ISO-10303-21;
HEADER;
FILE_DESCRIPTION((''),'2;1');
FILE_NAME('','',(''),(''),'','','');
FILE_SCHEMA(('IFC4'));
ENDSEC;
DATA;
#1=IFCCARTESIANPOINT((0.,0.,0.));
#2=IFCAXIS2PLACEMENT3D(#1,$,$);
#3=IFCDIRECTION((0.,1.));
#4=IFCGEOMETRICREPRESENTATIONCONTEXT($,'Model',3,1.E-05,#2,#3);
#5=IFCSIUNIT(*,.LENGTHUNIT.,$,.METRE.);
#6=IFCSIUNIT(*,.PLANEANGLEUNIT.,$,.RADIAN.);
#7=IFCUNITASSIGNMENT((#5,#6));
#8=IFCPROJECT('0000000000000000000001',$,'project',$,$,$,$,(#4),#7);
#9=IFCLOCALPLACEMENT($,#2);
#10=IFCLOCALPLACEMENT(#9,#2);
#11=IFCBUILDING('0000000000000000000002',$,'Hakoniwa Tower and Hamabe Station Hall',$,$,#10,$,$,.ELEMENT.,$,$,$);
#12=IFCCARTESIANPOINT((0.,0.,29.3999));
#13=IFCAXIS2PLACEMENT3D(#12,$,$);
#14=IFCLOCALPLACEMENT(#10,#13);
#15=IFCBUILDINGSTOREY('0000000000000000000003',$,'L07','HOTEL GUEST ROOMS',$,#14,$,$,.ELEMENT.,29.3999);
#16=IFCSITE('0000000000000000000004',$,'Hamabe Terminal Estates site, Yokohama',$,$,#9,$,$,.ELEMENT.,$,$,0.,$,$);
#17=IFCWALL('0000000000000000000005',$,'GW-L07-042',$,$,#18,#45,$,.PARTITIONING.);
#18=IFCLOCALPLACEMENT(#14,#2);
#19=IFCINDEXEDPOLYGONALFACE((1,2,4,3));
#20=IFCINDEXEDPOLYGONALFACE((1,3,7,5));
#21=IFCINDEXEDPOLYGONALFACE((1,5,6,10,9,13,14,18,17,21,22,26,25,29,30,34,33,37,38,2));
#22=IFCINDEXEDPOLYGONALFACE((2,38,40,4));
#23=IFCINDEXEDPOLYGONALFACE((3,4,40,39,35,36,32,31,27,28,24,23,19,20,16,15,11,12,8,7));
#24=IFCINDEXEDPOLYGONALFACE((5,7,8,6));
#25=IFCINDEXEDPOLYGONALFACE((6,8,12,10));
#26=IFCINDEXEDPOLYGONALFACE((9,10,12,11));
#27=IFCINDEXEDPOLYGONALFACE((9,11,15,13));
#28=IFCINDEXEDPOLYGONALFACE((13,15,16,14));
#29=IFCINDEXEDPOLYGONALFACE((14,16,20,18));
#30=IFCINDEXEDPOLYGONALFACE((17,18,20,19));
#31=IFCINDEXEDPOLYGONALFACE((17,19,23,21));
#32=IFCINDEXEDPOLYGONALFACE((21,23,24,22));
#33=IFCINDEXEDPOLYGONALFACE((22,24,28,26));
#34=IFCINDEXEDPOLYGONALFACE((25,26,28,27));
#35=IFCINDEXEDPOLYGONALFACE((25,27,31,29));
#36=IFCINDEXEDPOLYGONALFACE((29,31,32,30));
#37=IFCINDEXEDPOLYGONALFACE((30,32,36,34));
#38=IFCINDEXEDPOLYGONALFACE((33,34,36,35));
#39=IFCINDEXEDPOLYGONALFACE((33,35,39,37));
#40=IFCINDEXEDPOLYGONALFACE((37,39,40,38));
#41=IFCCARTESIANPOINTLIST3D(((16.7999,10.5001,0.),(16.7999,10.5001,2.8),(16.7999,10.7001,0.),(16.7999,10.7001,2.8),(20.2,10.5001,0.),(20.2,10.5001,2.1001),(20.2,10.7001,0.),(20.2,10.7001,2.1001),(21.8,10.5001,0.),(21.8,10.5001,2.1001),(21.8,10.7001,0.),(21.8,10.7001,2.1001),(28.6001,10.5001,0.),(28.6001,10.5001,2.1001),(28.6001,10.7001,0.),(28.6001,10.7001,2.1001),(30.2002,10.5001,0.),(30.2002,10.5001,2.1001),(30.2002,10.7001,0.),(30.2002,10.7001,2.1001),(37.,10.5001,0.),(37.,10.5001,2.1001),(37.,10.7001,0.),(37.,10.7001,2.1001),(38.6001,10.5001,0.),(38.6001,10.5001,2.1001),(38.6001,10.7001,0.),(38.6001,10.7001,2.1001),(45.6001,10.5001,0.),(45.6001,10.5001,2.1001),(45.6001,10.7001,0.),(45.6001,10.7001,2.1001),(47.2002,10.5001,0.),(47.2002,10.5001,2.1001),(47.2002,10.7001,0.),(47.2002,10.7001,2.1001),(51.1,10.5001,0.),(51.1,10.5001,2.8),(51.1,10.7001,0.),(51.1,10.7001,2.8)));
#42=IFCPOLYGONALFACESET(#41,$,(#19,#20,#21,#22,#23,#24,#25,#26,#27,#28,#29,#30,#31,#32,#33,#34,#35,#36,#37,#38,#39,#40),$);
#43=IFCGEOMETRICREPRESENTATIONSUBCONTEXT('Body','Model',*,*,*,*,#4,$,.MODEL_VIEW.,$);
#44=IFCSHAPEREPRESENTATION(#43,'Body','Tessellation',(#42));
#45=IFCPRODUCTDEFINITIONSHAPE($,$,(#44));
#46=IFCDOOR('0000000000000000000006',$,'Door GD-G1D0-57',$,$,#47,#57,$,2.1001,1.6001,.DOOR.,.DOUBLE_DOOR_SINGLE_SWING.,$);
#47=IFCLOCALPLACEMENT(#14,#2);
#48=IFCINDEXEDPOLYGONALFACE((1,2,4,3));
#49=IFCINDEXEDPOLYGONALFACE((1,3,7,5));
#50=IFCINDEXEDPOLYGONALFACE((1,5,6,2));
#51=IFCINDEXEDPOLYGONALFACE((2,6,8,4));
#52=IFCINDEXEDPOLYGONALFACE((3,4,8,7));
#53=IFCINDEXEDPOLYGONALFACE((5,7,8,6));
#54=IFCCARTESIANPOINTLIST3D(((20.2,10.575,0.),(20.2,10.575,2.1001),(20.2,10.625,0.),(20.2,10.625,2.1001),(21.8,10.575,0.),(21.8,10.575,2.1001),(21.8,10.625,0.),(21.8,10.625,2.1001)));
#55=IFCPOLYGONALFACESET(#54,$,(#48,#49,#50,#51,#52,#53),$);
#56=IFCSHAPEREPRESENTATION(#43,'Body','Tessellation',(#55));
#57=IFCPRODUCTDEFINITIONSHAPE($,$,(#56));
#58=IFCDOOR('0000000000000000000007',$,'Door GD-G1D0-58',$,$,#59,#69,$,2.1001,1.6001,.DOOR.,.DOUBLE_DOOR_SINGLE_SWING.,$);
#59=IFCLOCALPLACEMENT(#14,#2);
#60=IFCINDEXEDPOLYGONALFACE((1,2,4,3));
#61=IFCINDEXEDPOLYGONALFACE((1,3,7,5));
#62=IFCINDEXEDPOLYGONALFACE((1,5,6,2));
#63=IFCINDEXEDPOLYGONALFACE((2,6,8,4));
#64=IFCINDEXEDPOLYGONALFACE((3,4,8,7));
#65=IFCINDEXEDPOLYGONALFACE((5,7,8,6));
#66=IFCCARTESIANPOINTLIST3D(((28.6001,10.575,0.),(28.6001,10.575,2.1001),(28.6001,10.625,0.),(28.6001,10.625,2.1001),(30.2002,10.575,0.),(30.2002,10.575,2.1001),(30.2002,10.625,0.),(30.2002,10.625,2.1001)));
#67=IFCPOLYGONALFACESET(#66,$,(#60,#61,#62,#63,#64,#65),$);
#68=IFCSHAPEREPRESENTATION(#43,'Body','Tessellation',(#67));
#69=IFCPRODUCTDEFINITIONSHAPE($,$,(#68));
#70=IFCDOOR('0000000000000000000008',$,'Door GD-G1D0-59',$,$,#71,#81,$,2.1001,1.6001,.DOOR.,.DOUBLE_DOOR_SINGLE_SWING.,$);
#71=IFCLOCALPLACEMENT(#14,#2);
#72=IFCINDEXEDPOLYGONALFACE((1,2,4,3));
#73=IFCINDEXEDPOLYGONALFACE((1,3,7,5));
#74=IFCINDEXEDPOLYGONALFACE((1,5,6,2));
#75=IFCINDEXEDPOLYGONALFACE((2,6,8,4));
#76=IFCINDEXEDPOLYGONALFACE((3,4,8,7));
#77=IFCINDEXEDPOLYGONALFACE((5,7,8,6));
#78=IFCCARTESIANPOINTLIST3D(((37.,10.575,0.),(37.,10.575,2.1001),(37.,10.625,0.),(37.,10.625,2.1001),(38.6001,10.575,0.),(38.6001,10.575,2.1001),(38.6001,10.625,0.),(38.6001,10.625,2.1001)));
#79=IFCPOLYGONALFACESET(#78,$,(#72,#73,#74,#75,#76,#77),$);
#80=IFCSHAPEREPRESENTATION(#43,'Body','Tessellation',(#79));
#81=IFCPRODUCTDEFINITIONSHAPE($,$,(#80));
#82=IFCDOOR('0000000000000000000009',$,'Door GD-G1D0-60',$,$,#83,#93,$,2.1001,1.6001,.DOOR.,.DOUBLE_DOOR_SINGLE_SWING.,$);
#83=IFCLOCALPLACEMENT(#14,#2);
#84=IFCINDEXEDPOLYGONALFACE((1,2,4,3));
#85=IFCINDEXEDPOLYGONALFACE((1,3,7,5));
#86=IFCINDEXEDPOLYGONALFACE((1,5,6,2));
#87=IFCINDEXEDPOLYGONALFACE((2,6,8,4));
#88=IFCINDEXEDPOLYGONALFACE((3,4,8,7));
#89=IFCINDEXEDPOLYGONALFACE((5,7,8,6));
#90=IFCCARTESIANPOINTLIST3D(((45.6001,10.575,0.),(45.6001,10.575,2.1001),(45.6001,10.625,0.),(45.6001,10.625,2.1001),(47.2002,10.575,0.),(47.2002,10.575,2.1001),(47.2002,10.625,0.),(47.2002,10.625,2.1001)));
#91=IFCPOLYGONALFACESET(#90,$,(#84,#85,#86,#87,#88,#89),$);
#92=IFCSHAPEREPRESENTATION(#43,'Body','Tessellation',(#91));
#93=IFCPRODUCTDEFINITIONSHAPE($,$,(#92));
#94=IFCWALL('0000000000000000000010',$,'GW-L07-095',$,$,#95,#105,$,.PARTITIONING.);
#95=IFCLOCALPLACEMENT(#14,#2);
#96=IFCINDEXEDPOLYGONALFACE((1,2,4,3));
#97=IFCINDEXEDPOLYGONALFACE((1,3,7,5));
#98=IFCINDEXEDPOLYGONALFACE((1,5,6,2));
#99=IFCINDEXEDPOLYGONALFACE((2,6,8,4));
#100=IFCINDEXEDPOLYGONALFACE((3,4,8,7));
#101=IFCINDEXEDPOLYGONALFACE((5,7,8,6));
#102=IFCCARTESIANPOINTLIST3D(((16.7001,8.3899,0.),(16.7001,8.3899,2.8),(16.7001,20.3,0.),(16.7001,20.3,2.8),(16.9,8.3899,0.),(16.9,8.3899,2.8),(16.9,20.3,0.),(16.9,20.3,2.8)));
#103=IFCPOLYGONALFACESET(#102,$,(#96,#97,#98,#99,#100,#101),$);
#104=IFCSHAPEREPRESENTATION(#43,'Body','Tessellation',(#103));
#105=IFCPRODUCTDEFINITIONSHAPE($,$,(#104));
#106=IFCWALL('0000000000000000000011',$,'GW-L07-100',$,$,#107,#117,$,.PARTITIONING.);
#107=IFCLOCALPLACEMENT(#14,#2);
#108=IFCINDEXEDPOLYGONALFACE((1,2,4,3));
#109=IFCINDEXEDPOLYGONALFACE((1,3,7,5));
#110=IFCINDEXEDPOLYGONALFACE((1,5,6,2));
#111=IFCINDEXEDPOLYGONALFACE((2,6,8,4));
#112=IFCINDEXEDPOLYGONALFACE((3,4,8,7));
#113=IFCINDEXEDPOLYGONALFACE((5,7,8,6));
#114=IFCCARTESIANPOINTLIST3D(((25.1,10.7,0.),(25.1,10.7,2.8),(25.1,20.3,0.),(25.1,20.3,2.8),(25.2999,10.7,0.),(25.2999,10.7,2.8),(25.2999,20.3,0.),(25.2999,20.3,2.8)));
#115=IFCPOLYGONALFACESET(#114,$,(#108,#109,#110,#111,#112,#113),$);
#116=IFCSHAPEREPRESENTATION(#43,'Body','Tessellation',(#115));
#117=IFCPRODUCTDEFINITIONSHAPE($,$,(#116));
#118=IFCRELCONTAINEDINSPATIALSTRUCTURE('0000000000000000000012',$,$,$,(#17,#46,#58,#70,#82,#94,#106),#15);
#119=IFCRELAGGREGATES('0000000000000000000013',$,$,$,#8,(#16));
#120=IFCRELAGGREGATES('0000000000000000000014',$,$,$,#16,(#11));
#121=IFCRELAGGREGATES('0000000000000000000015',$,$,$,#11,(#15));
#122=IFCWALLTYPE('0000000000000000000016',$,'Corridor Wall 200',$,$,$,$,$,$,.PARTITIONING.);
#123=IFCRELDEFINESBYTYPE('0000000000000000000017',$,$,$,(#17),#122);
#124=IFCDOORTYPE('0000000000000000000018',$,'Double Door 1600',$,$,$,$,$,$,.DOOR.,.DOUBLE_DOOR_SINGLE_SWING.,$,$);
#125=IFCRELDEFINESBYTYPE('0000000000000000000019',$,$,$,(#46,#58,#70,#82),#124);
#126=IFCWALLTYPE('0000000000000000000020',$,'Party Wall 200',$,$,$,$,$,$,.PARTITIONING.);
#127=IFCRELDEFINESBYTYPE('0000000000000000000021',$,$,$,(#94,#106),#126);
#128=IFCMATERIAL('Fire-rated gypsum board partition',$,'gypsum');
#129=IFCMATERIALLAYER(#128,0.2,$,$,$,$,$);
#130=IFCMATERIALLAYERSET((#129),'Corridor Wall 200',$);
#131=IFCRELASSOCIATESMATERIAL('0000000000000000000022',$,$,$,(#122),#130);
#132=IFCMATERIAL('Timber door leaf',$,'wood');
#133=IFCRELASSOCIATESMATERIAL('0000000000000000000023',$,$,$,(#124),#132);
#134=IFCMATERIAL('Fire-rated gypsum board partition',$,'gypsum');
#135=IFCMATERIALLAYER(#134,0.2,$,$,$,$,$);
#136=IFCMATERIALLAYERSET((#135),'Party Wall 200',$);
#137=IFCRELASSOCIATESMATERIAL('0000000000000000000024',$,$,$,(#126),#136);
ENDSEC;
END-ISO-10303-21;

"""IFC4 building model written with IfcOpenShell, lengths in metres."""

from ifc_helpers import new_model, si_unit, direction, frame, frame_2d, origin, place, context, subcontext, project, spatial, rectangle, extrude, material, layer, layer_set, type_object, element, fill, save


model = new_model("IFC4")

# Units and contexts
model_context = context("Model", 3, precision=1e-05, world=origin(), true_north=direction((0.0, 1.0)))
body_context = subcontext(model_context, "Body", "Model", "MODEL_VIEW")
ifc_project = project(units=[si_unit("LENGTHUNIT", "METRE"), si_unit("PLANEANGLEUNIT", "RADIAN")], contexts=[model_context])

# Site, building, storey
site_placement = place(None, origin())
site = spatial("IfcSite", under=ifc_project, at=site_placement, Name="Hamabe Terminal Estates site, Yokohama", CompositionType="ELEMENT", RefElevation=0.0)
building_placement = place(site_placement, origin())
building = spatial("IfcBuilding", under=site, at=building_placement, Name="Hakoniwa Tower and Hamabe Station Hall", CompositionType="ELEMENT")
storey_placement = place(building_placement, frame((0.0, 0.0, 29.3999)))
storey = spatial("IfcBuildingStorey", under=building, at=storey_placement, Name="L07", Description="HOTEL GUEST ROOMS", CompositionType="ELEMENT", Elevation=29.3999)

# Wall, openings, doors
ifc_material_1 = material(Name="Fire-rated gypsum board partition", Category="gypsum")
ifc_layer_1 = layer(ifc_material_1, 0.2)
ifc_layer_set_1 = layer_set([ifc_layer_1], Name="Corridor Wall 200")
wall_type_1 = type_object("IfcWallType", Name="Corridor Wall 200", PredefinedType="PARTITIONING", material=ifc_layer_set_1)
wall_1_placement = place(storey_placement, frame((16.8, 10.6001, 0.0), z_axis=(0.0, 0.0, 1.0), x_axis=(1.0, 0.0, 0.0)))
wall_1 = element("IfcWall", 1, at=wall_1_placement, inside=storey, type_object=wall_type_1, Name="GW-L07-042", PredefinedType="PARTITIONING", context=body_context, shape_type="SweptSolid", body=[
    extrude(rectangle(XDim=34.3, YDim=0.2, at=frame_2d((17.1499, 0.0))), origin(), (0.0, 0.0, 1.0), 2.8),
])
opening_1_placement = place(wall_1_placement, frame((3.3999, 0.0, 0.0)))
opening_1 = element("IfcOpeningElement", 2, at=opening_1_placement, cuts=wall_1, PredefinedType="OPENING", context=body_context, shape_type="SweptSolid", body=[
    extrude(rectangle(XDim=1.6001, YDim=2.1001, at=frame_2d((0.8, 1.05))), frame((0.0, 0.1099, 0.0), z_axis=(0.0, -1.0, 0.0), x_axis=(1.0, 0.0, 0.0)), (0.0, 0.0, 1.0), 0.22),
])
opening_2_placement = place(wall_1_placement, frame((11.8, 0.0, 0.0)))
opening_2 = element("IfcOpeningElement", 3, at=opening_2_placement, cuts=wall_1, PredefinedType="OPENING", context=body_context, shape_type="SweptSolid", body=[
    extrude(rectangle(XDim=1.6001, YDim=2.1001, at=frame_2d((0.8, 1.05))), frame((0.0, 0.1099, 0.0), z_axis=(0.0, -1.0, 0.0), x_axis=(1.0, 0.0, 0.0)), (0.0, 0.0, 1.0), 0.22),
])
opening_3_placement = place(wall_1_placement, frame((20.2, 0.0, 0.0)))
opening_3 = element("IfcOpeningElement", 4, at=opening_3_placement, cuts=wall_1, PredefinedType="OPENING", context=body_context, shape_type="SweptSolid", body=[
    extrude(rectangle(XDim=1.6001, YDim=2.1001, at=frame_2d((0.8, 1.05))), frame((0.0, 0.1099, 0.0), z_axis=(0.0, -1.0, 0.0), x_axis=(1.0, 0.0, 0.0)), (0.0, 0.0, 1.0), 0.22),
])
opening_4_placement = place(wall_1_placement, frame((28.8, 0.0, 0.0)))
opening_4 = element("IfcOpeningElement", 5, at=opening_4_placement, cuts=wall_1, PredefinedType="OPENING", context=body_context, shape_type="SweptSolid", body=[
    extrude(rectangle(XDim=1.6001, YDim=2.1001, at=frame_2d((0.8, 1.05))), frame((0.0, 0.1099, 0.0), z_axis=(0.0, -1.0, 0.0), x_axis=(1.0, 0.0, 0.0)), (0.0, 0.0, 1.0), 0.22),
])
ifc_material_2 = material(Name="Timber door leaf", Category="wood")
door_type_1 = type_object("IfcDoorType", Name="Double Door 1600", OperationType="DOUBLE_DOOR_SINGLE_SWING", PredefinedType="DOOR", material=ifc_material_2)
door_1_placement = place(opening_1_placement, origin())
door_1 = element("IfcDoor", 6, at=door_1_placement, inside=storey, type_object=door_type_1, Name="Door GD-G1D0-57", OperationType="DOUBLE_DOOR_SINGLE_SWING", OverallHeight=2.1001, OverallWidth=1.6001, PredefinedType="DOOR", context=body_context, shape_type="SweptSolid", body=[
    extrude(rectangle(XDim=1.6001, YDim=2.1001, at=frame_2d((0.8, 1.05))), frame((0.0, 0.0249, 0.0), z_axis=(0.0, -1.0, 0.0), x_axis=(1.0, 0.0, 0.0)), (0.0, 0.0, 1.0), 0.05),
])
fill(opening_1, door_1)
door_2_placement = place(opening_2_placement, origin())
door_2 = element("IfcDoor", 7, at=door_2_placement, inside=storey, type_object=door_type_1, Name="Door GD-G1D0-58", OperationType="DOUBLE_DOOR_SINGLE_SWING", OverallHeight=2.1001, OverallWidth=1.6001, PredefinedType="DOOR", context=body_context, shape_type="SweptSolid", body=[
    extrude(rectangle(XDim=1.6001, YDim=2.1001, at=frame_2d((0.8, 1.05))), frame((0.0, 0.0249, 0.0), z_axis=(0.0, -1.0, 0.0), x_axis=(1.0, 0.0, 0.0)), (0.0, 0.0, 1.0), 0.05),
])
fill(opening_2, door_2)
door_3_placement = place(opening_3_placement, origin())
door_3 = element("IfcDoor", 8, at=door_3_placement, inside=storey, type_object=door_type_1, Name="Door GD-G1D0-59", OperationType="DOUBLE_DOOR_SINGLE_SWING", OverallHeight=2.1001, OverallWidth=1.6001, PredefinedType="DOOR", context=body_context, shape_type="SweptSolid", body=[
    extrude(rectangle(XDim=1.6001, YDim=2.1001, at=frame_2d((0.8, 1.05))), frame((0.0, 0.0249, 0.0), z_axis=(0.0, -1.0, 0.0), x_axis=(1.0, 0.0, 0.0)), (0.0, 0.0, 1.0), 0.05),
])
fill(opening_3, door_3)
door_4_placement = place(opening_4_placement, origin())
door_4 = element("IfcDoor", 9, at=door_4_placement, inside=storey, type_object=door_type_1, Name="Door GD-G1D0-60", OperationType="DOUBLE_DOOR_SINGLE_SWING", OverallHeight=2.1001, OverallWidth=1.6001, PredefinedType="DOOR", context=body_context, shape_type="SweptSolid", body=[
    extrude(rectangle(XDim=1.6001, YDim=2.1001, at=frame_2d((0.8, 1.05))), frame((0.0, 0.0249, 0.0), z_axis=(0.0, -1.0, 0.0), x_axis=(1.0, 0.0, 0.0)), (0.0, 0.0, 1.0), 0.05),
])
fill(opening_4, door_4)

# Walls
ifc_material_3 = material(Name="Fire-rated gypsum board partition", Category="gypsum")
ifc_layer_2 = layer(ifc_material_3, 0.2)
ifc_layer_set_2 = layer_set([ifc_layer_2], Name="Party Wall 200")
wall_type_2 = type_object("IfcWallType", Name="Party Wall 200", PredefinedType="PARTITIONING", material=ifc_layer_set_2)
wall_2_placement = place(storey_placement, frame((16.8, 8.3899, 0.0), z_axis=(0.0, 0.0, 1.0), x_axis=(0.0, 1.0, 0.0)))
element("IfcWall", 10, at=wall_2_placement, inside=storey, type_object=wall_type_2, Name="GW-L07-095", PredefinedType="PARTITIONING", context=body_context, shape_type="SweptSolid", body=[
    extrude(rectangle(XDim=11.9102, YDim=0.2, at=frame_2d((5.9551, 0.0))), origin(), (0.0, 0.0, 1.0), 2.8),
])
wall_3_placement = place(storey_placement, frame((25.2, 10.7, 0.0), z_axis=(0.0, 0.0, 1.0), x_axis=(0.0, 1.0, 0.0)))
element("IfcWall", 11, at=wall_3_placement, inside=storey, type_object=wall_type_2, Name="GW-L07-100", PredefinedType="PARTITIONING", context=body_context, shape_type="SweptSolid", body=[
    extrude(rectangle(XDim=9.6001, YDim=0.2, at=frame_2d((4.8, 0.0))), origin(), (0.0, 0.0, 1.0), 2.8),
])

save(model, "model.ifc")
